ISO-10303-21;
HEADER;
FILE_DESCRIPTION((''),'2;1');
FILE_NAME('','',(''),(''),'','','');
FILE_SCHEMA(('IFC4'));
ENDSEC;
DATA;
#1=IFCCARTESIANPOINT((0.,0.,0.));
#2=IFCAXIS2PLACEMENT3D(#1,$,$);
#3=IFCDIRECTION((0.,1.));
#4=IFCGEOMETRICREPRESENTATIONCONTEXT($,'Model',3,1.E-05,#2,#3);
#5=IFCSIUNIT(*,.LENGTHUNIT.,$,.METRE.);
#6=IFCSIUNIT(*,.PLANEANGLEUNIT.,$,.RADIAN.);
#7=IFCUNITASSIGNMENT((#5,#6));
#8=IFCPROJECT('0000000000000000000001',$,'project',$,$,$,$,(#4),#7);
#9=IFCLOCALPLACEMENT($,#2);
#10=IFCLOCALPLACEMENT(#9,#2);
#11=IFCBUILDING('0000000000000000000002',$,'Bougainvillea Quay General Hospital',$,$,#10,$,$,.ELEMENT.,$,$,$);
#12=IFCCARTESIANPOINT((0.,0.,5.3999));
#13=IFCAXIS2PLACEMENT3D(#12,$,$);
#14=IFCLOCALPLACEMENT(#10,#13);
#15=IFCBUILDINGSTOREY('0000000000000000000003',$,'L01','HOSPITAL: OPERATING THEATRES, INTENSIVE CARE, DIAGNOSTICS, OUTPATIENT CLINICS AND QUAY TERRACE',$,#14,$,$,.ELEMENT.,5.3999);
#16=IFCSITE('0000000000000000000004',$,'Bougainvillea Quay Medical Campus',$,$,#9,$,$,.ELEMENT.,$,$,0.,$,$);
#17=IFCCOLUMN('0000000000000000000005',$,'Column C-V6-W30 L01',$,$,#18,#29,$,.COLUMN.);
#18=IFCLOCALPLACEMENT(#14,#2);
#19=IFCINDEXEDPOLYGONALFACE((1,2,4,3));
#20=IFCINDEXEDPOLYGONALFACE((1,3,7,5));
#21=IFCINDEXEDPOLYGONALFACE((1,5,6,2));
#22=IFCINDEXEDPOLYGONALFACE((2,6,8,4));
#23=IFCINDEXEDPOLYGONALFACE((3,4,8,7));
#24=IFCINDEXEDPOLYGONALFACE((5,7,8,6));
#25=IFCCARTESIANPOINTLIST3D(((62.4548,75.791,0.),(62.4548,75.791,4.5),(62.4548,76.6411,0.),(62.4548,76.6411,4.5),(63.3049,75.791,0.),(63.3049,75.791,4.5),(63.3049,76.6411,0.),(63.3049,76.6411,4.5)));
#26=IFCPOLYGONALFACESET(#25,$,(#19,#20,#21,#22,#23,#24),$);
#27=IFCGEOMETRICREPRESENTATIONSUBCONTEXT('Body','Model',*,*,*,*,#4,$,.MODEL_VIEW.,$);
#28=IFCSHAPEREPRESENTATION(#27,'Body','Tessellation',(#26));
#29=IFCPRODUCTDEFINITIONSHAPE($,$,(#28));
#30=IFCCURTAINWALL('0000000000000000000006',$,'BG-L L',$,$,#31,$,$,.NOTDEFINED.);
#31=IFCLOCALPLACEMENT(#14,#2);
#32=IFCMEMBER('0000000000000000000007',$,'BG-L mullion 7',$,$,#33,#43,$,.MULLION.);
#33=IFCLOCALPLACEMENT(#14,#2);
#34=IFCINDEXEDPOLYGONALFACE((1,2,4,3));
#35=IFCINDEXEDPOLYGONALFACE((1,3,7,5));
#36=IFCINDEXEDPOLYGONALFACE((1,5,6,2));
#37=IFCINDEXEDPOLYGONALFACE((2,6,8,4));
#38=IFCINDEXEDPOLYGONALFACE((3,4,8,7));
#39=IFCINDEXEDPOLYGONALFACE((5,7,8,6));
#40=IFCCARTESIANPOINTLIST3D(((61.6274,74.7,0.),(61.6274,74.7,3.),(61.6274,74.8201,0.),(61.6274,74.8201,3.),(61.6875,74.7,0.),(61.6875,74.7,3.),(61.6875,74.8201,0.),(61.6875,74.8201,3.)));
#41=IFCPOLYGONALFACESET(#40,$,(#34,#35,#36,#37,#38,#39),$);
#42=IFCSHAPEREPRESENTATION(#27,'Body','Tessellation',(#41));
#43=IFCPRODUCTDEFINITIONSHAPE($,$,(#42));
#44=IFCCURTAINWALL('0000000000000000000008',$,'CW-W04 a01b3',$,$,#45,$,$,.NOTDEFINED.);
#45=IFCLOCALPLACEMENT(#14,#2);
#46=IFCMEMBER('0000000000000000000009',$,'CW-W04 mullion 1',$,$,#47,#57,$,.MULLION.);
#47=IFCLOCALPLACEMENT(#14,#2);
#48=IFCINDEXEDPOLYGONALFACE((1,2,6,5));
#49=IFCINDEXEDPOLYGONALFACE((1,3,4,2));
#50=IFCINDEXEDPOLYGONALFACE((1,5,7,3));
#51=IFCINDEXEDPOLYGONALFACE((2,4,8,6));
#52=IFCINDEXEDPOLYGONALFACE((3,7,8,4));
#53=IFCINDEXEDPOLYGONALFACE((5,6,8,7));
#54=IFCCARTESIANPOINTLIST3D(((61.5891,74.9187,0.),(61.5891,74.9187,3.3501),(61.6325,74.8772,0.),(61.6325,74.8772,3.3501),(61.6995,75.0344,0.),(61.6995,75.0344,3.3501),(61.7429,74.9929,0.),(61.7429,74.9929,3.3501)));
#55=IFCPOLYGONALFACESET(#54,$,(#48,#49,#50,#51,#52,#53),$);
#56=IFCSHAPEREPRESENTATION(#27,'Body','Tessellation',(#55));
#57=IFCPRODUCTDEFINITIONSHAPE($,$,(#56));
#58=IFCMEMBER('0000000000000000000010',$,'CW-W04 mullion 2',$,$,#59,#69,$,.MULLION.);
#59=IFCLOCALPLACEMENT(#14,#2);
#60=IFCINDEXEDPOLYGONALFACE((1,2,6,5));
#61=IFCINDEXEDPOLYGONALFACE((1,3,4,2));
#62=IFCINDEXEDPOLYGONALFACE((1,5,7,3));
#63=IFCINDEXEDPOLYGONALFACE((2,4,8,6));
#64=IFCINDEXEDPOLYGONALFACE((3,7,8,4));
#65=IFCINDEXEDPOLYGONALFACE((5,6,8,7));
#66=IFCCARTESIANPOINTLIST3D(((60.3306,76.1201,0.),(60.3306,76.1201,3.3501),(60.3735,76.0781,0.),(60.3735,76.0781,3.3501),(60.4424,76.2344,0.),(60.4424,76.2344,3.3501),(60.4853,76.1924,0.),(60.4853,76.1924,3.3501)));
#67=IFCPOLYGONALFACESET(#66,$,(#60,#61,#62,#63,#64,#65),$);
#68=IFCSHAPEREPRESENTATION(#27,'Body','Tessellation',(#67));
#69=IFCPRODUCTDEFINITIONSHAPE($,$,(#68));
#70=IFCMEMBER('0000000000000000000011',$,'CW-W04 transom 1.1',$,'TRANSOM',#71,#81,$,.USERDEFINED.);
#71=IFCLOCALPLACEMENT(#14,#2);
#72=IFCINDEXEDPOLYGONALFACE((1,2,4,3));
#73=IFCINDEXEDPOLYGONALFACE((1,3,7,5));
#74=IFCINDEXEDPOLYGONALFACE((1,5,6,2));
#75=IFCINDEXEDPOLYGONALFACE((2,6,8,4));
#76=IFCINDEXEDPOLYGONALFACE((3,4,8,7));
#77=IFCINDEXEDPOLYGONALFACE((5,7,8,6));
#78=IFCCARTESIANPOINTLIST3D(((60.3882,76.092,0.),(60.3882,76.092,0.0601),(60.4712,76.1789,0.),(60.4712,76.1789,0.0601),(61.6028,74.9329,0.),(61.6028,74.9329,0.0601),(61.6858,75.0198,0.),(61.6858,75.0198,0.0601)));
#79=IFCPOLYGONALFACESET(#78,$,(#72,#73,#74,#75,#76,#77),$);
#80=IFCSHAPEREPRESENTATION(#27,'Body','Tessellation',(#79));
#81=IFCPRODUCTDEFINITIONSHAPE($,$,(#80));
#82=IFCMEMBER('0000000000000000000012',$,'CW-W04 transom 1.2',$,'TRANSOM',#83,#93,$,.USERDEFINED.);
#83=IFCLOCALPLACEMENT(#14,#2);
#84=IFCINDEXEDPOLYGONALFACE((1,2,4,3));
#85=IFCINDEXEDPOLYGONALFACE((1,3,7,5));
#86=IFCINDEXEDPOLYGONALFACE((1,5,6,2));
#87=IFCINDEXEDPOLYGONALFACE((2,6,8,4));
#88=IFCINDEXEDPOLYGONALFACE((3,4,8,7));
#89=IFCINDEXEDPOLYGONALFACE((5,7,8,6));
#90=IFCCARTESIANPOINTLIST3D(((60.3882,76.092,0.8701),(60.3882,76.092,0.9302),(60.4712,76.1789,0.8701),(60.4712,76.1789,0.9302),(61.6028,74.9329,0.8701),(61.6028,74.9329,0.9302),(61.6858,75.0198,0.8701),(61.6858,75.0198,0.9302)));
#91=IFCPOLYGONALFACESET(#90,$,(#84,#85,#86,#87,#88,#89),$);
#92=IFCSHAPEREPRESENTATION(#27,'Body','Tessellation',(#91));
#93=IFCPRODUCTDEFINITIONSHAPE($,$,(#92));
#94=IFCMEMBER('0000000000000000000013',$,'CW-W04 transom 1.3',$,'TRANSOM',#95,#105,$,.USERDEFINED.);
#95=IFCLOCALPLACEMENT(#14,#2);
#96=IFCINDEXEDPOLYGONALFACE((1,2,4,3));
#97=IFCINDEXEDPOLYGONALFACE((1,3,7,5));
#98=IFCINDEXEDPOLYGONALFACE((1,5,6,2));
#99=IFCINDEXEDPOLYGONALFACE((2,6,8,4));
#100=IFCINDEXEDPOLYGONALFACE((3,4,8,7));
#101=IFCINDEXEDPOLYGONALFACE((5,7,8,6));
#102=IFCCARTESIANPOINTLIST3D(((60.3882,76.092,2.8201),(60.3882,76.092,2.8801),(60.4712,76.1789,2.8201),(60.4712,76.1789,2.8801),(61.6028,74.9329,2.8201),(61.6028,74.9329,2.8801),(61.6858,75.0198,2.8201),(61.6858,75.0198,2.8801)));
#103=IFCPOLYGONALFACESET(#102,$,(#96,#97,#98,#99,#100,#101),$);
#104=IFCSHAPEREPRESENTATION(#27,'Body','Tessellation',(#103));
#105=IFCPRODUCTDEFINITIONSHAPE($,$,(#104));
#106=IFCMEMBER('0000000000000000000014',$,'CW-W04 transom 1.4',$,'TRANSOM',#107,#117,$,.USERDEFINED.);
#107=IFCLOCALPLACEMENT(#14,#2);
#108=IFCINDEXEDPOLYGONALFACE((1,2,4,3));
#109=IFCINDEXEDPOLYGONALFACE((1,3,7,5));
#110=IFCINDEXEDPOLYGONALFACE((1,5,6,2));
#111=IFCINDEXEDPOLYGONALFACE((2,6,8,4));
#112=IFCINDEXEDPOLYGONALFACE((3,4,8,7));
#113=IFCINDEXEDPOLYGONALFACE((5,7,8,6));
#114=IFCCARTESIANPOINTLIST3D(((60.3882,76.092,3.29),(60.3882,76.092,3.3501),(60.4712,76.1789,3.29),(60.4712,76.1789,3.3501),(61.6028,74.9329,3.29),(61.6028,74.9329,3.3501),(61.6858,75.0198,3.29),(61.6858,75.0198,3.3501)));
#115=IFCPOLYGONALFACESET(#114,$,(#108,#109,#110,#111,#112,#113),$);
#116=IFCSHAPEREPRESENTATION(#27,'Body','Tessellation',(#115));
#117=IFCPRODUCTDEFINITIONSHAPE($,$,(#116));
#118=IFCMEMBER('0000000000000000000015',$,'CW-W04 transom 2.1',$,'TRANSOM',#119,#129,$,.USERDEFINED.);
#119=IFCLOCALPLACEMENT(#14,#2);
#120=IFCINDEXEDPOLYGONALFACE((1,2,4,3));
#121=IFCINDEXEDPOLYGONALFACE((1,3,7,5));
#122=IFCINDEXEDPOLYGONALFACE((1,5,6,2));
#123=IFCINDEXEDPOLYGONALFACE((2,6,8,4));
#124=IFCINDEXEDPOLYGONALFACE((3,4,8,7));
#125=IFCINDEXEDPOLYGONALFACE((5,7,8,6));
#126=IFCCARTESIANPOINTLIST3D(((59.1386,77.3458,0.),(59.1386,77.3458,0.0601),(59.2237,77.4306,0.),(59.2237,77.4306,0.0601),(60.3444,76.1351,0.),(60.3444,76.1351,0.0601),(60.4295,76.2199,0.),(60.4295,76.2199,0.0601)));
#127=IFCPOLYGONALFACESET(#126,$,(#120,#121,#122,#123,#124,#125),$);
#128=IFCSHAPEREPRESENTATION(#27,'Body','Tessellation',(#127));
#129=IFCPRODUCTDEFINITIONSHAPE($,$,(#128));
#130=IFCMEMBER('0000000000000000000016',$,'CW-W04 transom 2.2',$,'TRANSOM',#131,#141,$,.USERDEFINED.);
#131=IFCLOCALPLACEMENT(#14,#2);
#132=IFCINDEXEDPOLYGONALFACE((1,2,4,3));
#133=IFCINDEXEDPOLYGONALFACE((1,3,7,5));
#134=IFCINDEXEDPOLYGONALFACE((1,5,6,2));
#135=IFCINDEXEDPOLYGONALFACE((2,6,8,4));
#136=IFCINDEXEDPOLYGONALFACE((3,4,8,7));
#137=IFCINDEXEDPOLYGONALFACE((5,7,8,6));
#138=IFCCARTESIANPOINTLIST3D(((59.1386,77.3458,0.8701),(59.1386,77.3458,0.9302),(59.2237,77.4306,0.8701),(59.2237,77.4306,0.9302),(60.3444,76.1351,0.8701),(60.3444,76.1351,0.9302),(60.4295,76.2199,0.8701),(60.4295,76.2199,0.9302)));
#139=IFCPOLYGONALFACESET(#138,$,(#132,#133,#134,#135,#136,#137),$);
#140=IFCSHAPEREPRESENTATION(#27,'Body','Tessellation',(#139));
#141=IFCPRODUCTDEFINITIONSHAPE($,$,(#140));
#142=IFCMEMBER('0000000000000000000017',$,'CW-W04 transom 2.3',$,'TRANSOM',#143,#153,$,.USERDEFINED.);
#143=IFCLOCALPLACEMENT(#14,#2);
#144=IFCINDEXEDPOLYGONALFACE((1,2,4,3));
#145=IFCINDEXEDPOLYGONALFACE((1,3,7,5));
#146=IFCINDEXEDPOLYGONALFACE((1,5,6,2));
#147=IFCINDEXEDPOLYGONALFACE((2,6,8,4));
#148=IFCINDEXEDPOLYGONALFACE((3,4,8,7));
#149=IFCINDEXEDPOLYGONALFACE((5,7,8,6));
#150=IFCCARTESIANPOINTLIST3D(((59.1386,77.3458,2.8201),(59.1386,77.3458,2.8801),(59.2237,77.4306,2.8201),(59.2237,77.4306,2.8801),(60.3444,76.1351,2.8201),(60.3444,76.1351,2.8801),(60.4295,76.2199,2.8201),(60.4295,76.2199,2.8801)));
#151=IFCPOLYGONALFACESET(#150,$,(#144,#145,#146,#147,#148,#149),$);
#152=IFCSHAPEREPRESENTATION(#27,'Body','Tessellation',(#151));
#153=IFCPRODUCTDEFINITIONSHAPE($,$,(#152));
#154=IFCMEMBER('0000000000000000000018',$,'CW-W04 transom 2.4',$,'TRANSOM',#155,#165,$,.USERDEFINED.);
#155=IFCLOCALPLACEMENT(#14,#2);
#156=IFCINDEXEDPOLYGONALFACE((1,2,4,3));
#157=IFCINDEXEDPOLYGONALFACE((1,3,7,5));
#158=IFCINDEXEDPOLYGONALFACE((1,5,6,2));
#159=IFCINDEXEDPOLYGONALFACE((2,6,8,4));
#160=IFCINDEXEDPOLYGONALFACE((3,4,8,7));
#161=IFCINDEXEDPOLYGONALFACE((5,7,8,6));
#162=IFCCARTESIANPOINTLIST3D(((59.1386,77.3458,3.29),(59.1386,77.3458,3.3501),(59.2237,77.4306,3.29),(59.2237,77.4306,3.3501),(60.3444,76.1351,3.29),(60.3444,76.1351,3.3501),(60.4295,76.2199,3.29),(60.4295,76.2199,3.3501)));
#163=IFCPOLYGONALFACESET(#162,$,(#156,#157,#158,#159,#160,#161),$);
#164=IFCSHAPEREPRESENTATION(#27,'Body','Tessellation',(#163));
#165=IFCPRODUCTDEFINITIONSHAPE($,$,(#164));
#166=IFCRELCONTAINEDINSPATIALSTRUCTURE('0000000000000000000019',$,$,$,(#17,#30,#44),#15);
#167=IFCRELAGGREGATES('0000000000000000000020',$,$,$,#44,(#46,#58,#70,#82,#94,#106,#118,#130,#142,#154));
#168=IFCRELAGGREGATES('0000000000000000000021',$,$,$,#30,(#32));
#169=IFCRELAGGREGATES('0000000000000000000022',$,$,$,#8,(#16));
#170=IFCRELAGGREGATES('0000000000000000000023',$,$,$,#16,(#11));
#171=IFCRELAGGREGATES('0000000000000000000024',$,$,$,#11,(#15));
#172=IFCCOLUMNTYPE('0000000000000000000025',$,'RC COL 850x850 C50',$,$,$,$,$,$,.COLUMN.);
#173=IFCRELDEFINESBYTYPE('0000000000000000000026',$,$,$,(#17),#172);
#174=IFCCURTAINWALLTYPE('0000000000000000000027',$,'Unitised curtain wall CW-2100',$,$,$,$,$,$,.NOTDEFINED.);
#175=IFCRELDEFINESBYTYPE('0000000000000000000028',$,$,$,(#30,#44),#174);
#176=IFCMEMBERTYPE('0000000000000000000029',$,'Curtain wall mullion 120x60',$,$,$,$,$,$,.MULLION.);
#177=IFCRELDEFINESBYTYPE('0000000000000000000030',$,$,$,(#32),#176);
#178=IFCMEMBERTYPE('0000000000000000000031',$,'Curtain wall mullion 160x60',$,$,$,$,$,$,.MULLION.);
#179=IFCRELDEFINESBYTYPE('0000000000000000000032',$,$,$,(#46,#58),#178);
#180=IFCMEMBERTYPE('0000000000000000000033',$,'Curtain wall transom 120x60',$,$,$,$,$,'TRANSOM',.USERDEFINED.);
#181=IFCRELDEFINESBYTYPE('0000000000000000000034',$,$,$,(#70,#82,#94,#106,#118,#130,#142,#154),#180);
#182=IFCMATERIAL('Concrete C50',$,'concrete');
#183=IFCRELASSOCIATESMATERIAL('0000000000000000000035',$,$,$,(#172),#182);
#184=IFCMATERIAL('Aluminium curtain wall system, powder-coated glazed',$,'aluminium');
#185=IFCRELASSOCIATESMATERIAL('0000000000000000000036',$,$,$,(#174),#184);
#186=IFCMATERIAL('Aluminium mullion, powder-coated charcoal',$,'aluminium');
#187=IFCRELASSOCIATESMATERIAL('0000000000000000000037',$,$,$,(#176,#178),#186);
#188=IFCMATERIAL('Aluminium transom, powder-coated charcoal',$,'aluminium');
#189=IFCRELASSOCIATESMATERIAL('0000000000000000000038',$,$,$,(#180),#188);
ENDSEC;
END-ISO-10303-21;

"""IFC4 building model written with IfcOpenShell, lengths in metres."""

from ifc_helpers import new_model, si_unit, direction, frame, origin, origin_2d, place, context, subcontext, project, spatial, rectangle, extrude, material, material_profile, profile_set, type_object, element, aggregate, save


model = new_model("IFC4")

# Units and contexts
model_context = context("Model", 3, precision=1e-05, world=origin(), true_north=direction((0.0, 1.0)))
body_context = subcontext(model_context, "Body", "Model", "MODEL_VIEW")
ifc_project = project(units=[si_unit("LENGTHUNIT", "METRE"), si_unit("PLANEANGLEUNIT", "RADIAN")], contexts=[model_context])

# Site, building, storey
site_placement = place(None, origin())
site = spatial("IfcSite", under=ifc_project, at=site_placement, Name="Bougainvillea Quay Medical Campus", CompositionType="ELEMENT", RefElevation=0.0)
building_placement = place(site_placement, origin())
building = spatial("IfcBuilding", under=site, at=building_placement, Name="Bougainvillea Quay General Hospital", CompositionType="ELEMENT")
storey_placement = place(building_placement, frame((0.0, 0.0, 5.3999)))
storey = spatial("IfcBuildingStorey", under=building, at=storey_placement, Name="L01", Description="HOSPITAL: OPERATING THEATRES, INTENSIVE CARE, DIAGNOSTICS, OUTPATIENT CLINICS AND QUAY TERRACE", CompositionType="ELEMENT", Elevation=5.3999)

# Column
ifc_material_1 = material(Name="Concrete C50", Category="concrete")
ifc_material_profile_1 = material_profile(ifc_material_1, rectangle(XDim=0.8501, YDim=0.8501, at=origin_2d()))
ifc_profile_set_1 = profile_set([ifc_material_profile_1], Name="Concrete C50")
column_type = type_object("IfcColumnType", Name="RC COL 850x850 C50", PredefinedType="COLUMN", material=ifc_profile_set_1)
column_placement = place(storey_placement, frame((62.8799, 76.2161, 0.0), z_axis=(0.0, 0.0, 1.0), x_axis=(1.0, 0.0, 0.0)))
element("IfcColumn", 1, at=column_placement, inside=storey, type_object=column_type, Name="Column C-V6-W30 L01", PredefinedType="COLUMN", context=body_context, shape_type="SweptSolid", body=[
    extrude(rectangle(XDim=0.8501, YDim=0.8501, at=origin_2d()), origin(), (0.0, 0.0, 1.0), 4.5),
])

# Curtain wall, member
ifc_material_2 = material(Name="Aluminium curtain wall system, powder-coated glazed", Category="aluminium")
curtain_wall_type = type_object("IfcCurtainWallType", Name="Unitised curtain wall CW-2100", PredefinedType="NOTDEFINED", material=ifc_material_2)
curtain_wall_1_placement = place(storey_placement, origin())
curtain_wall_1 = element("IfcCurtainWall", 2, at=curtain_wall_1_placement, inside=storey, type_object=curtain_wall_type, Name="BG-L L", PredefinedType="NOTDEFINED")
ifc_material_3 = material(Name="Aluminium mullion, powder-coated charcoal", Category="aluminium")
ifc_material_profile_2 = material_profile(ifc_material_3, rectangle(XDim=0.1201, YDim=0.0601, at=origin_2d()))
ifc_profile_set_2 = profile_set([ifc_material_profile_2], Name="Aluminium mullion, powder-coated charcoal")
member_type_1 = type_object("IfcMemberType", Name="Curtain wall mullion 120x60", PredefinedType="MULLION", material=ifc_profile_set_2)
member_1_placement = place(storey_placement, frame((61.6575, 74.76, 0.0), z_axis=(0.0, 0.0, 1.0), x_axis=(0.0, 1.0, 0.0)))
member_1 = element("IfcMember", 3, at=member_1_placement, type_object=member_type_1, Name="BG-L mullion 7", PredefinedType="MULLION", context=body_context, shape_type="SweptSolid", body=[
    extrude(rectangle(XDim=0.1201, YDim=0.0601, at=origin_2d()), origin(), (0.0, 0.0, 1.0), 3.0),
])

# Curtain wall, members
curtain_wall_2_placement = place(storey_placement, origin())
curtain_wall_2 = element("IfcCurtainWall", 4, at=curtain_wall_2_placement, inside=storey, type_object=curtain_wall_type, Name="CW-W04 a01b3", PredefinedType="NOTDEFINED")
ifc_material_profile_3 = material_profile(ifc_material_3, rectangle(XDim=0.1599, YDim=0.0601, at=origin_2d()))
ifc_profile_set_3 = profile_set([ifc_material_profile_3], Name="Aluminium mullion, powder-coated charcoal")
member_type_2 = type_object("IfcMemberType", Name="Curtain wall mullion 160x60", PredefinedType="MULLION", material=ifc_profile_set_3)
member_2_placement = place(storey_placement, frame((61.666, 74.9558, 0.0), z_axis=(0.0, 0.0, 1.0), x_axis=(-0.690409, -0.723419, 0.0)))
member_2 = element("IfcMember", 5, at=member_2_placement, type_object=member_type_2, Name="CW-W04 mullion 1", PredefinedType="MULLION", context=body_context, shape_type="SweptSolid", body=[
    extrude(rectangle(XDim=0.1599, YDim=0.0601, at=origin_2d()), origin(), (0.0, 0.0, 1.0), 3.3501),
])
member_3_placement = place(storey_placement, frame((60.408, 76.1562, 0.0), z_axis=(0.0, 0.0, 1.0), x_axis=(-0.699526, -0.714607, 0.0)))
member_3 = element("IfcMember", 6, at=member_3_placement, type_object=member_type_2, Name="CW-W04 mullion 2", PredefinedType="MULLION", context=body_context, shape_type="SweptSolid", body=[
    extrude(rectangle(XDim=0.1599, YDim=0.0601, at=origin_2d()), origin(), (0.0, 0.0, 1.0), 3.3501),
])
ifc_material_4 = material(Name="Aluminium transom, powder-coated charcoal", Category="aluminium")
ifc_material_profile_4 = material_profile(ifc_material_4, rectangle(XDim=0.1201, YDim=0.0601, at=origin_2d()))
ifc_profile_set_4 = profile_set([ifc_material_profile_4], Name="Aluminium transom, powder-coated charcoal")
member_type_3 = type_object("IfcMemberType", Name="Curtain wall transom 120x60", ElementType="TRANSOM", PredefinedType="USERDEFINED", material=ifc_profile_set_4)
member_4_placement = place(storey_placement, frame((61.6443, 74.9763, 0.03), z_axis=(-0.723418, 0.69041, 0.0), x_axis=(-0.69041, -0.723418, 0.0)))
member_4 = element("IfcMember", 7, at=member_4_placement, type_object=member_type_3, Name="CW-W04 transom 1.1", ObjectType="TRANSOM", PredefinedType="USERDEFINED", context=body_context, shape_type="SweptSolid", body=[
    extrude(rectangle(XDim=0.1201, YDim=0.0601, at=origin_2d()), origin(), (0.0, 0.0, 1.0), 1.679),
])
member_5_placement = place(storey_placement, frame((61.6443, 74.9763, 0.9001), z_axis=(-0.723418, 0.69041, 0.0), x_axis=(-0.69041, -0.723418, 0.0)))
member_5 = element("IfcMember", 8, at=member_5_placement, type_object=member_type_3, Name="CW-W04 transom 1.2", ObjectType="TRANSOM", PredefinedType="USERDEFINED", context=body_context, shape_type="SweptSolid", body=[
    extrude(rectangle(XDim=0.1201, YDim=0.0601, at=origin_2d()), origin(), (0.0, 0.0, 1.0), 1.679),
])
member_6_placement = place(storey_placement, frame((61.6443, 74.9763, 2.8501), z_axis=(-0.723418, 0.69041, 0.0), x_axis=(-0.69041, -0.723418, 0.0)))
member_6 = element("IfcMember", 9, at=member_6_placement, type_object=member_type_3, Name="CW-W04 transom 1.3", ObjectType="TRANSOM", PredefinedType="USERDEFINED", context=body_context, shape_type="SweptSolid", body=[
    extrude(rectangle(XDim=0.1201, YDim=0.0601, at=origin_2d()), origin(), (0.0, 0.0, 1.0), 1.679),
])
member_7_placement = place(storey_placement, frame((61.6443, 74.9763, 3.3201), z_axis=(-0.723418, 0.69041, 0.0), x_axis=(-0.69041, -0.723418, 0.0)))
member_7 = element("IfcMember", 10, at=member_7_placement, type_object=member_type_3, Name="CW-W04 transom 1.4", ObjectType="TRANSOM", PredefinedType="USERDEFINED", context=body_context, shape_type="SweptSolid", body=[
    extrude(rectangle(XDim=0.1201, YDim=0.0601, at=origin_2d()), origin(), (0.0, 0.0, 1.0), 1.679),
])
member_8_placement = place(storey_placement, frame((60.387, 76.1775, 0.03), z_axis=(-0.705677, 0.708534, 0.0), x_axis=(-0.708534, -0.705677, 0.0)))
member_8 = element("IfcMember", 11, at=member_8_placement, type_object=member_type_3, Name="CW-W04 transom 2.1", ObjectType="TRANSOM", PredefinedType="USERDEFINED", context=body_context, shape_type="SweptSolid", body=[
    extrude(rectangle(XDim=0.1201, YDim=0.0601, at=origin_2d()), origin(), (0.0, 0.0, 1.0), 1.7087),
])
member_9_placement = place(storey_placement, frame((60.387, 76.1775, 0.9001), z_axis=(-0.705677, 0.708534, 0.0), x_axis=(-0.708534, -0.705677, 0.0)))
member_9 = element("IfcMember", 12, at=member_9_placement, type_object=member_type_3, Name="CW-W04 transom 2.2", ObjectType="TRANSOM", PredefinedType="USERDEFINED", context=body_context, shape_type="SweptSolid", body=[
    extrude(rectangle(XDim=0.1201, YDim=0.0601, at=origin_2d()), origin(), (0.0, 0.0, 1.0), 1.7087),
])
member_10_placement = place(storey_placement, frame((60.387, 76.1775, 2.8501), z_axis=(-0.705677, 0.708534, 0.0), x_axis=(-0.708534, -0.705677, 0.0)))
member_10 = element("IfcMember", 13, at=member_10_placement, type_object=member_type_3, Name="CW-W04 transom 2.3", ObjectType="TRANSOM", PredefinedType="USERDEFINED", context=body_context, shape_type="SweptSolid", body=[
    extrude(rectangle(XDim=0.1201, YDim=0.0601, at=origin_2d()), origin(), (0.0, 0.0, 1.0), 1.7087),
])
member_11_placement = place(storey_placement, frame((60.387, 76.1775, 3.3201), z_axis=(-0.705677, 0.708534, 0.0), x_axis=(-0.708534, -0.705677, 0.0)))
member_11 = element("IfcMember", 14, at=member_11_placement, type_object=member_type_3, Name="CW-W04 transom 2.4", ObjectType="TRANSOM", PredefinedType="USERDEFINED", context=body_context, shape_type="SweptSolid", body=[
    extrude(rectangle(XDim=0.1201, YDim=0.0601, at=origin_2d()), origin(), (0.0, 0.0, 1.0), 1.7087),
])

aggregate(curtain_wall_2, [member_2, member_3, member_4, member_5, member_6, member_7, member_8, member_9, member_10, member_11])
aggregate(curtain_wall_1, [member_1])

save(model, "model.ifc")
